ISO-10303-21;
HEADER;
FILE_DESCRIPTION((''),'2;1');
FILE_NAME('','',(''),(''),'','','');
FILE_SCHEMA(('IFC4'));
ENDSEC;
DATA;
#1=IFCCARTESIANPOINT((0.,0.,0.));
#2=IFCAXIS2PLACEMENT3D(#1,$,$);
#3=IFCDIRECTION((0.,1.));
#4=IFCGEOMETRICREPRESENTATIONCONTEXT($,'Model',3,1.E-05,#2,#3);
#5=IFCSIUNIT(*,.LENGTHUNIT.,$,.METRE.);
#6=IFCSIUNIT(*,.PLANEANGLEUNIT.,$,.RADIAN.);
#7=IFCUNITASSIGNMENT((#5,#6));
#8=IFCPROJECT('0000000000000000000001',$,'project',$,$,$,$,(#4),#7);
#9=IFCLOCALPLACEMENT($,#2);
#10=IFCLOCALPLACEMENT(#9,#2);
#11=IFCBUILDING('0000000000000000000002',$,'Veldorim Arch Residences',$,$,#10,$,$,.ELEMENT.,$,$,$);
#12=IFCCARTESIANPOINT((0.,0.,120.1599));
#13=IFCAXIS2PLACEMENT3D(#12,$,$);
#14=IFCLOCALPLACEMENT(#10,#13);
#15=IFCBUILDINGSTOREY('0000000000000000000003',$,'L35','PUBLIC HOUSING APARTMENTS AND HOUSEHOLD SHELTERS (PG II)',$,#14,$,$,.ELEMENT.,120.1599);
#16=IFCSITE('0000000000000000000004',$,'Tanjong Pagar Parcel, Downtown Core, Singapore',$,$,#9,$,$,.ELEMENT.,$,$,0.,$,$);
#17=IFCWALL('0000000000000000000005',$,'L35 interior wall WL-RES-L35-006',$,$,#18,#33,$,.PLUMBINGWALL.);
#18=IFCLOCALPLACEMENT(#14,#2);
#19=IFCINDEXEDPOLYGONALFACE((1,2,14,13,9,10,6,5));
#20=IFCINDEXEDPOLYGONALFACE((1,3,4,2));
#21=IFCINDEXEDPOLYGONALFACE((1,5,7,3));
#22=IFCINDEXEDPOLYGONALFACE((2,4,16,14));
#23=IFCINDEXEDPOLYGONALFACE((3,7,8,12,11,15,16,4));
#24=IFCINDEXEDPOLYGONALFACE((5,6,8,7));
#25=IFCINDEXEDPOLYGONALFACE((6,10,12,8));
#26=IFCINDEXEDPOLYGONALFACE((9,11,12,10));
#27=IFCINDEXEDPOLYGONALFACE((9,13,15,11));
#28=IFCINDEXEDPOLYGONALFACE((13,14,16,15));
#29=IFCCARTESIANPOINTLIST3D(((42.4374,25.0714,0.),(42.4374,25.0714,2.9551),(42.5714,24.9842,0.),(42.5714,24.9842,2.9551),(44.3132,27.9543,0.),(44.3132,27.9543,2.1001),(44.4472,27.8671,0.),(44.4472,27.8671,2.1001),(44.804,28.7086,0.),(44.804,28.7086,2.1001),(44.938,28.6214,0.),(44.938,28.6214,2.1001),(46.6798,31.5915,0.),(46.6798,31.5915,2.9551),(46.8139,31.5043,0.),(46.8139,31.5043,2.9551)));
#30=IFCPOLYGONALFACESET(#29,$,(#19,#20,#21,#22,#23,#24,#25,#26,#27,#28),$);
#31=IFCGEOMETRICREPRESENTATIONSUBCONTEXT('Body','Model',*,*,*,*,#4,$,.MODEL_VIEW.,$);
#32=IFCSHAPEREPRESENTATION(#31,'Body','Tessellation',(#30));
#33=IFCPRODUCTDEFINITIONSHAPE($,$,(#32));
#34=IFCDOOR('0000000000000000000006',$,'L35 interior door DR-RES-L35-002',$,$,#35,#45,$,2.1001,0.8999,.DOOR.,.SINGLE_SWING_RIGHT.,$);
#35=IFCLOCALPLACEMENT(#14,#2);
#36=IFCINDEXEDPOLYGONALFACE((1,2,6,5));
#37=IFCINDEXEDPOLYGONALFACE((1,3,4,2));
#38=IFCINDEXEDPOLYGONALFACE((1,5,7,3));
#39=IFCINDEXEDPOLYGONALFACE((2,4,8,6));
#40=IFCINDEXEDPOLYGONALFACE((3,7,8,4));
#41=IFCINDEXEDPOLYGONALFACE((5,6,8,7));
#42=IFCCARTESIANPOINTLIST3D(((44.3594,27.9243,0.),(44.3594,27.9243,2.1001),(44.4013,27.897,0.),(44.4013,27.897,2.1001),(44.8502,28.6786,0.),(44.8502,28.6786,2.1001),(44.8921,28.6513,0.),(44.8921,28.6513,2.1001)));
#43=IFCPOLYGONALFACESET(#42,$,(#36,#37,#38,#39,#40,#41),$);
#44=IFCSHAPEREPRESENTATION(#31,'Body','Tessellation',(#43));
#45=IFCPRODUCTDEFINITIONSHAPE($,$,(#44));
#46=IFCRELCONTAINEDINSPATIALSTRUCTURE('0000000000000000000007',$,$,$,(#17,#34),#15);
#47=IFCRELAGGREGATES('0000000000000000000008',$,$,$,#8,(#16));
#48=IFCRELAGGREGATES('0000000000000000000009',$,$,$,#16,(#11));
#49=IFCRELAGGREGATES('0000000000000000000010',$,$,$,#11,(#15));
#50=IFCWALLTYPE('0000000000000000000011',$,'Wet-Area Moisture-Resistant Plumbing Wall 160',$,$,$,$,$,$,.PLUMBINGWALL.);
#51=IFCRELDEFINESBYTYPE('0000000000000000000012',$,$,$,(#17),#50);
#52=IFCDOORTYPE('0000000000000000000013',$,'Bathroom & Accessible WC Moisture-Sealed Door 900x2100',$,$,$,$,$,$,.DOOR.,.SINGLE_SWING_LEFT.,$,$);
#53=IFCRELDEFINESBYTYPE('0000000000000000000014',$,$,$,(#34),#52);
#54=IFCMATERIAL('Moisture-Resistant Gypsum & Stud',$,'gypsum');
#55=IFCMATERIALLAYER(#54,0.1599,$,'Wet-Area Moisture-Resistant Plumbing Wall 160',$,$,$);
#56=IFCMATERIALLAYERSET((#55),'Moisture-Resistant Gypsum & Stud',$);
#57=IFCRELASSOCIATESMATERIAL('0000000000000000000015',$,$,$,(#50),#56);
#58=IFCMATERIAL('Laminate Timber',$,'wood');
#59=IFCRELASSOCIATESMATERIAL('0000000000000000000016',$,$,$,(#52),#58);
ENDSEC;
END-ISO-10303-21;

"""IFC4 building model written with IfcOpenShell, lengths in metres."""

from ifc_helpers import new_model, si_unit, direction, frame, frame_2d, origin, place, context, subcontext, project, spatial, rectangle, extrude, material, layer, layer_set, type_object, element, fill, save


model = new_model("IFC4")

# Units and contexts
model_context = context("Model", 3, precision=1e-05, world=origin(), true_north=direction((0.0, 1.0)))
body_context = subcontext(model_context, "Body", "Model", "MODEL_VIEW")
ifc_project = project(units=[si_unit("LENGTHUNIT", "METRE"), si_unit("PLANEANGLEUNIT", "RADIAN")], contexts=[model_context])

# Site, building, storey
site_placement = place(None, origin())
site = spatial("IfcSite", under=ifc_project, at=site_placement, Name="Tanjong Pagar Parcel, Downtown Core, Singapore", CompositionType="ELEMENT", RefElevation=0.0)
building_placement = place(site_placement, origin())
building = spatial("IfcBuilding", under=site, at=building_placement, Name="Veldorim Arch Residences", CompositionType="ELEMENT")
storey_placement = place(building_placement, frame((0.0, 0.0, 120.1599)))
storey = spatial("IfcBuildingStorey", under=building, at=storey_placement, Name="L35", Description="PUBLIC HOUSING APARTMENTS AND HOUSEHOLD SHELTERS (PG II)", CompositionType="ELEMENT", Elevation=120.1599)

# Wall, opening, door
ifc_material_1 = material(Name="Moisture-Resistant Gypsum & Stud", Category="gypsum")
ifc_layer_1 = layer(ifc_material_1, 0.1599, Name="Wet-Area Moisture-Resistant Plumbing Wall 160")
ifc_layer_set_1 = layer_set([ifc_layer_1], Name="Moisture-Resistant Gypsum & Stud")
wall_type_1 = type_object("IfcWallType", Name="Wet-Area Moisture-Resistant Plumbing Wall 160", PredefinedType="PLUMBINGWALL", material=ifc_layer_set_1)
wall_1_placement = place(storey_placement, frame((42.5044, 25.0278, 0.0), z_axis=(0.0, 0.0, 1.0), x_axis=(0.545388, 0.838184, 0.0)))
wall_1 = element("IfcWall", 1, at=wall_1_placement, inside=storey, type_object=wall_type_1, Name="L35 interior wall WL-RES-L35-006", PredefinedType="PLUMBINGWALL", context=body_context, shape_type="SweptSolid", body=[
    extrude(rectangle(XDim=7.7788, YDim=0.1599, at=frame_2d((3.8894, 0.0))), origin(), (0.0, 0.0, 1.0), 2.9551),
])
opening_placement = place(wall_1_placement, frame((3.4395, 0.0, 0.0)))
opening = element("IfcOpeningElement", 2, at=opening_placement, cuts=wall_1, PredefinedType="OPENING", context=body_context, shape_type="SweptSolid", body=[
    extrude(rectangle(XDim=0.8999, YDim=2.1001, at=frame_2d((0.45, 1.05))), frame((0.0, 0.0898, 0.0), z_axis=(0.0, -1.0, 0.0), x_axis=(1.0, 0.0, 0.0)), (0.0, 0.0, 1.0), 0.1799),
])
ifc_material_2 = material(Name="Laminate Timber", Category="wood")
door_type = type_object("IfcDoorType", Name="Bathroom & Accessible WC Moisture-Sealed Door 900x2100", OperationType="SINGLE_SWING_LEFT", PredefinedType="DOOR", material=ifc_material_2)
door_placement = place(opening_placement, origin())
door = element("IfcDoor", 3, at=door_placement, inside=storey, type_object=door_type, Name="L35 interior door DR-RES-L35-002", OperationType="SINGLE_SWING_RIGHT", OverallHeight=2.1001, OverallWidth=0.8999, PredefinedType="DOOR", context=body_context, shape_type="SweptSolid", body=[
    extrude(rectangle(XDim=0.8999, YDim=2.1001, at=frame_2d((0.45, 1.05))), frame((0.0, 0.0249, 0.0), z_axis=(0.0, -1.0, 0.0), x_axis=(1.0, 0.0, 0.0)), (0.0, 0.0, 1.0), 0.05),
])
fill(opening, door)

save(model, "model.ifc")
